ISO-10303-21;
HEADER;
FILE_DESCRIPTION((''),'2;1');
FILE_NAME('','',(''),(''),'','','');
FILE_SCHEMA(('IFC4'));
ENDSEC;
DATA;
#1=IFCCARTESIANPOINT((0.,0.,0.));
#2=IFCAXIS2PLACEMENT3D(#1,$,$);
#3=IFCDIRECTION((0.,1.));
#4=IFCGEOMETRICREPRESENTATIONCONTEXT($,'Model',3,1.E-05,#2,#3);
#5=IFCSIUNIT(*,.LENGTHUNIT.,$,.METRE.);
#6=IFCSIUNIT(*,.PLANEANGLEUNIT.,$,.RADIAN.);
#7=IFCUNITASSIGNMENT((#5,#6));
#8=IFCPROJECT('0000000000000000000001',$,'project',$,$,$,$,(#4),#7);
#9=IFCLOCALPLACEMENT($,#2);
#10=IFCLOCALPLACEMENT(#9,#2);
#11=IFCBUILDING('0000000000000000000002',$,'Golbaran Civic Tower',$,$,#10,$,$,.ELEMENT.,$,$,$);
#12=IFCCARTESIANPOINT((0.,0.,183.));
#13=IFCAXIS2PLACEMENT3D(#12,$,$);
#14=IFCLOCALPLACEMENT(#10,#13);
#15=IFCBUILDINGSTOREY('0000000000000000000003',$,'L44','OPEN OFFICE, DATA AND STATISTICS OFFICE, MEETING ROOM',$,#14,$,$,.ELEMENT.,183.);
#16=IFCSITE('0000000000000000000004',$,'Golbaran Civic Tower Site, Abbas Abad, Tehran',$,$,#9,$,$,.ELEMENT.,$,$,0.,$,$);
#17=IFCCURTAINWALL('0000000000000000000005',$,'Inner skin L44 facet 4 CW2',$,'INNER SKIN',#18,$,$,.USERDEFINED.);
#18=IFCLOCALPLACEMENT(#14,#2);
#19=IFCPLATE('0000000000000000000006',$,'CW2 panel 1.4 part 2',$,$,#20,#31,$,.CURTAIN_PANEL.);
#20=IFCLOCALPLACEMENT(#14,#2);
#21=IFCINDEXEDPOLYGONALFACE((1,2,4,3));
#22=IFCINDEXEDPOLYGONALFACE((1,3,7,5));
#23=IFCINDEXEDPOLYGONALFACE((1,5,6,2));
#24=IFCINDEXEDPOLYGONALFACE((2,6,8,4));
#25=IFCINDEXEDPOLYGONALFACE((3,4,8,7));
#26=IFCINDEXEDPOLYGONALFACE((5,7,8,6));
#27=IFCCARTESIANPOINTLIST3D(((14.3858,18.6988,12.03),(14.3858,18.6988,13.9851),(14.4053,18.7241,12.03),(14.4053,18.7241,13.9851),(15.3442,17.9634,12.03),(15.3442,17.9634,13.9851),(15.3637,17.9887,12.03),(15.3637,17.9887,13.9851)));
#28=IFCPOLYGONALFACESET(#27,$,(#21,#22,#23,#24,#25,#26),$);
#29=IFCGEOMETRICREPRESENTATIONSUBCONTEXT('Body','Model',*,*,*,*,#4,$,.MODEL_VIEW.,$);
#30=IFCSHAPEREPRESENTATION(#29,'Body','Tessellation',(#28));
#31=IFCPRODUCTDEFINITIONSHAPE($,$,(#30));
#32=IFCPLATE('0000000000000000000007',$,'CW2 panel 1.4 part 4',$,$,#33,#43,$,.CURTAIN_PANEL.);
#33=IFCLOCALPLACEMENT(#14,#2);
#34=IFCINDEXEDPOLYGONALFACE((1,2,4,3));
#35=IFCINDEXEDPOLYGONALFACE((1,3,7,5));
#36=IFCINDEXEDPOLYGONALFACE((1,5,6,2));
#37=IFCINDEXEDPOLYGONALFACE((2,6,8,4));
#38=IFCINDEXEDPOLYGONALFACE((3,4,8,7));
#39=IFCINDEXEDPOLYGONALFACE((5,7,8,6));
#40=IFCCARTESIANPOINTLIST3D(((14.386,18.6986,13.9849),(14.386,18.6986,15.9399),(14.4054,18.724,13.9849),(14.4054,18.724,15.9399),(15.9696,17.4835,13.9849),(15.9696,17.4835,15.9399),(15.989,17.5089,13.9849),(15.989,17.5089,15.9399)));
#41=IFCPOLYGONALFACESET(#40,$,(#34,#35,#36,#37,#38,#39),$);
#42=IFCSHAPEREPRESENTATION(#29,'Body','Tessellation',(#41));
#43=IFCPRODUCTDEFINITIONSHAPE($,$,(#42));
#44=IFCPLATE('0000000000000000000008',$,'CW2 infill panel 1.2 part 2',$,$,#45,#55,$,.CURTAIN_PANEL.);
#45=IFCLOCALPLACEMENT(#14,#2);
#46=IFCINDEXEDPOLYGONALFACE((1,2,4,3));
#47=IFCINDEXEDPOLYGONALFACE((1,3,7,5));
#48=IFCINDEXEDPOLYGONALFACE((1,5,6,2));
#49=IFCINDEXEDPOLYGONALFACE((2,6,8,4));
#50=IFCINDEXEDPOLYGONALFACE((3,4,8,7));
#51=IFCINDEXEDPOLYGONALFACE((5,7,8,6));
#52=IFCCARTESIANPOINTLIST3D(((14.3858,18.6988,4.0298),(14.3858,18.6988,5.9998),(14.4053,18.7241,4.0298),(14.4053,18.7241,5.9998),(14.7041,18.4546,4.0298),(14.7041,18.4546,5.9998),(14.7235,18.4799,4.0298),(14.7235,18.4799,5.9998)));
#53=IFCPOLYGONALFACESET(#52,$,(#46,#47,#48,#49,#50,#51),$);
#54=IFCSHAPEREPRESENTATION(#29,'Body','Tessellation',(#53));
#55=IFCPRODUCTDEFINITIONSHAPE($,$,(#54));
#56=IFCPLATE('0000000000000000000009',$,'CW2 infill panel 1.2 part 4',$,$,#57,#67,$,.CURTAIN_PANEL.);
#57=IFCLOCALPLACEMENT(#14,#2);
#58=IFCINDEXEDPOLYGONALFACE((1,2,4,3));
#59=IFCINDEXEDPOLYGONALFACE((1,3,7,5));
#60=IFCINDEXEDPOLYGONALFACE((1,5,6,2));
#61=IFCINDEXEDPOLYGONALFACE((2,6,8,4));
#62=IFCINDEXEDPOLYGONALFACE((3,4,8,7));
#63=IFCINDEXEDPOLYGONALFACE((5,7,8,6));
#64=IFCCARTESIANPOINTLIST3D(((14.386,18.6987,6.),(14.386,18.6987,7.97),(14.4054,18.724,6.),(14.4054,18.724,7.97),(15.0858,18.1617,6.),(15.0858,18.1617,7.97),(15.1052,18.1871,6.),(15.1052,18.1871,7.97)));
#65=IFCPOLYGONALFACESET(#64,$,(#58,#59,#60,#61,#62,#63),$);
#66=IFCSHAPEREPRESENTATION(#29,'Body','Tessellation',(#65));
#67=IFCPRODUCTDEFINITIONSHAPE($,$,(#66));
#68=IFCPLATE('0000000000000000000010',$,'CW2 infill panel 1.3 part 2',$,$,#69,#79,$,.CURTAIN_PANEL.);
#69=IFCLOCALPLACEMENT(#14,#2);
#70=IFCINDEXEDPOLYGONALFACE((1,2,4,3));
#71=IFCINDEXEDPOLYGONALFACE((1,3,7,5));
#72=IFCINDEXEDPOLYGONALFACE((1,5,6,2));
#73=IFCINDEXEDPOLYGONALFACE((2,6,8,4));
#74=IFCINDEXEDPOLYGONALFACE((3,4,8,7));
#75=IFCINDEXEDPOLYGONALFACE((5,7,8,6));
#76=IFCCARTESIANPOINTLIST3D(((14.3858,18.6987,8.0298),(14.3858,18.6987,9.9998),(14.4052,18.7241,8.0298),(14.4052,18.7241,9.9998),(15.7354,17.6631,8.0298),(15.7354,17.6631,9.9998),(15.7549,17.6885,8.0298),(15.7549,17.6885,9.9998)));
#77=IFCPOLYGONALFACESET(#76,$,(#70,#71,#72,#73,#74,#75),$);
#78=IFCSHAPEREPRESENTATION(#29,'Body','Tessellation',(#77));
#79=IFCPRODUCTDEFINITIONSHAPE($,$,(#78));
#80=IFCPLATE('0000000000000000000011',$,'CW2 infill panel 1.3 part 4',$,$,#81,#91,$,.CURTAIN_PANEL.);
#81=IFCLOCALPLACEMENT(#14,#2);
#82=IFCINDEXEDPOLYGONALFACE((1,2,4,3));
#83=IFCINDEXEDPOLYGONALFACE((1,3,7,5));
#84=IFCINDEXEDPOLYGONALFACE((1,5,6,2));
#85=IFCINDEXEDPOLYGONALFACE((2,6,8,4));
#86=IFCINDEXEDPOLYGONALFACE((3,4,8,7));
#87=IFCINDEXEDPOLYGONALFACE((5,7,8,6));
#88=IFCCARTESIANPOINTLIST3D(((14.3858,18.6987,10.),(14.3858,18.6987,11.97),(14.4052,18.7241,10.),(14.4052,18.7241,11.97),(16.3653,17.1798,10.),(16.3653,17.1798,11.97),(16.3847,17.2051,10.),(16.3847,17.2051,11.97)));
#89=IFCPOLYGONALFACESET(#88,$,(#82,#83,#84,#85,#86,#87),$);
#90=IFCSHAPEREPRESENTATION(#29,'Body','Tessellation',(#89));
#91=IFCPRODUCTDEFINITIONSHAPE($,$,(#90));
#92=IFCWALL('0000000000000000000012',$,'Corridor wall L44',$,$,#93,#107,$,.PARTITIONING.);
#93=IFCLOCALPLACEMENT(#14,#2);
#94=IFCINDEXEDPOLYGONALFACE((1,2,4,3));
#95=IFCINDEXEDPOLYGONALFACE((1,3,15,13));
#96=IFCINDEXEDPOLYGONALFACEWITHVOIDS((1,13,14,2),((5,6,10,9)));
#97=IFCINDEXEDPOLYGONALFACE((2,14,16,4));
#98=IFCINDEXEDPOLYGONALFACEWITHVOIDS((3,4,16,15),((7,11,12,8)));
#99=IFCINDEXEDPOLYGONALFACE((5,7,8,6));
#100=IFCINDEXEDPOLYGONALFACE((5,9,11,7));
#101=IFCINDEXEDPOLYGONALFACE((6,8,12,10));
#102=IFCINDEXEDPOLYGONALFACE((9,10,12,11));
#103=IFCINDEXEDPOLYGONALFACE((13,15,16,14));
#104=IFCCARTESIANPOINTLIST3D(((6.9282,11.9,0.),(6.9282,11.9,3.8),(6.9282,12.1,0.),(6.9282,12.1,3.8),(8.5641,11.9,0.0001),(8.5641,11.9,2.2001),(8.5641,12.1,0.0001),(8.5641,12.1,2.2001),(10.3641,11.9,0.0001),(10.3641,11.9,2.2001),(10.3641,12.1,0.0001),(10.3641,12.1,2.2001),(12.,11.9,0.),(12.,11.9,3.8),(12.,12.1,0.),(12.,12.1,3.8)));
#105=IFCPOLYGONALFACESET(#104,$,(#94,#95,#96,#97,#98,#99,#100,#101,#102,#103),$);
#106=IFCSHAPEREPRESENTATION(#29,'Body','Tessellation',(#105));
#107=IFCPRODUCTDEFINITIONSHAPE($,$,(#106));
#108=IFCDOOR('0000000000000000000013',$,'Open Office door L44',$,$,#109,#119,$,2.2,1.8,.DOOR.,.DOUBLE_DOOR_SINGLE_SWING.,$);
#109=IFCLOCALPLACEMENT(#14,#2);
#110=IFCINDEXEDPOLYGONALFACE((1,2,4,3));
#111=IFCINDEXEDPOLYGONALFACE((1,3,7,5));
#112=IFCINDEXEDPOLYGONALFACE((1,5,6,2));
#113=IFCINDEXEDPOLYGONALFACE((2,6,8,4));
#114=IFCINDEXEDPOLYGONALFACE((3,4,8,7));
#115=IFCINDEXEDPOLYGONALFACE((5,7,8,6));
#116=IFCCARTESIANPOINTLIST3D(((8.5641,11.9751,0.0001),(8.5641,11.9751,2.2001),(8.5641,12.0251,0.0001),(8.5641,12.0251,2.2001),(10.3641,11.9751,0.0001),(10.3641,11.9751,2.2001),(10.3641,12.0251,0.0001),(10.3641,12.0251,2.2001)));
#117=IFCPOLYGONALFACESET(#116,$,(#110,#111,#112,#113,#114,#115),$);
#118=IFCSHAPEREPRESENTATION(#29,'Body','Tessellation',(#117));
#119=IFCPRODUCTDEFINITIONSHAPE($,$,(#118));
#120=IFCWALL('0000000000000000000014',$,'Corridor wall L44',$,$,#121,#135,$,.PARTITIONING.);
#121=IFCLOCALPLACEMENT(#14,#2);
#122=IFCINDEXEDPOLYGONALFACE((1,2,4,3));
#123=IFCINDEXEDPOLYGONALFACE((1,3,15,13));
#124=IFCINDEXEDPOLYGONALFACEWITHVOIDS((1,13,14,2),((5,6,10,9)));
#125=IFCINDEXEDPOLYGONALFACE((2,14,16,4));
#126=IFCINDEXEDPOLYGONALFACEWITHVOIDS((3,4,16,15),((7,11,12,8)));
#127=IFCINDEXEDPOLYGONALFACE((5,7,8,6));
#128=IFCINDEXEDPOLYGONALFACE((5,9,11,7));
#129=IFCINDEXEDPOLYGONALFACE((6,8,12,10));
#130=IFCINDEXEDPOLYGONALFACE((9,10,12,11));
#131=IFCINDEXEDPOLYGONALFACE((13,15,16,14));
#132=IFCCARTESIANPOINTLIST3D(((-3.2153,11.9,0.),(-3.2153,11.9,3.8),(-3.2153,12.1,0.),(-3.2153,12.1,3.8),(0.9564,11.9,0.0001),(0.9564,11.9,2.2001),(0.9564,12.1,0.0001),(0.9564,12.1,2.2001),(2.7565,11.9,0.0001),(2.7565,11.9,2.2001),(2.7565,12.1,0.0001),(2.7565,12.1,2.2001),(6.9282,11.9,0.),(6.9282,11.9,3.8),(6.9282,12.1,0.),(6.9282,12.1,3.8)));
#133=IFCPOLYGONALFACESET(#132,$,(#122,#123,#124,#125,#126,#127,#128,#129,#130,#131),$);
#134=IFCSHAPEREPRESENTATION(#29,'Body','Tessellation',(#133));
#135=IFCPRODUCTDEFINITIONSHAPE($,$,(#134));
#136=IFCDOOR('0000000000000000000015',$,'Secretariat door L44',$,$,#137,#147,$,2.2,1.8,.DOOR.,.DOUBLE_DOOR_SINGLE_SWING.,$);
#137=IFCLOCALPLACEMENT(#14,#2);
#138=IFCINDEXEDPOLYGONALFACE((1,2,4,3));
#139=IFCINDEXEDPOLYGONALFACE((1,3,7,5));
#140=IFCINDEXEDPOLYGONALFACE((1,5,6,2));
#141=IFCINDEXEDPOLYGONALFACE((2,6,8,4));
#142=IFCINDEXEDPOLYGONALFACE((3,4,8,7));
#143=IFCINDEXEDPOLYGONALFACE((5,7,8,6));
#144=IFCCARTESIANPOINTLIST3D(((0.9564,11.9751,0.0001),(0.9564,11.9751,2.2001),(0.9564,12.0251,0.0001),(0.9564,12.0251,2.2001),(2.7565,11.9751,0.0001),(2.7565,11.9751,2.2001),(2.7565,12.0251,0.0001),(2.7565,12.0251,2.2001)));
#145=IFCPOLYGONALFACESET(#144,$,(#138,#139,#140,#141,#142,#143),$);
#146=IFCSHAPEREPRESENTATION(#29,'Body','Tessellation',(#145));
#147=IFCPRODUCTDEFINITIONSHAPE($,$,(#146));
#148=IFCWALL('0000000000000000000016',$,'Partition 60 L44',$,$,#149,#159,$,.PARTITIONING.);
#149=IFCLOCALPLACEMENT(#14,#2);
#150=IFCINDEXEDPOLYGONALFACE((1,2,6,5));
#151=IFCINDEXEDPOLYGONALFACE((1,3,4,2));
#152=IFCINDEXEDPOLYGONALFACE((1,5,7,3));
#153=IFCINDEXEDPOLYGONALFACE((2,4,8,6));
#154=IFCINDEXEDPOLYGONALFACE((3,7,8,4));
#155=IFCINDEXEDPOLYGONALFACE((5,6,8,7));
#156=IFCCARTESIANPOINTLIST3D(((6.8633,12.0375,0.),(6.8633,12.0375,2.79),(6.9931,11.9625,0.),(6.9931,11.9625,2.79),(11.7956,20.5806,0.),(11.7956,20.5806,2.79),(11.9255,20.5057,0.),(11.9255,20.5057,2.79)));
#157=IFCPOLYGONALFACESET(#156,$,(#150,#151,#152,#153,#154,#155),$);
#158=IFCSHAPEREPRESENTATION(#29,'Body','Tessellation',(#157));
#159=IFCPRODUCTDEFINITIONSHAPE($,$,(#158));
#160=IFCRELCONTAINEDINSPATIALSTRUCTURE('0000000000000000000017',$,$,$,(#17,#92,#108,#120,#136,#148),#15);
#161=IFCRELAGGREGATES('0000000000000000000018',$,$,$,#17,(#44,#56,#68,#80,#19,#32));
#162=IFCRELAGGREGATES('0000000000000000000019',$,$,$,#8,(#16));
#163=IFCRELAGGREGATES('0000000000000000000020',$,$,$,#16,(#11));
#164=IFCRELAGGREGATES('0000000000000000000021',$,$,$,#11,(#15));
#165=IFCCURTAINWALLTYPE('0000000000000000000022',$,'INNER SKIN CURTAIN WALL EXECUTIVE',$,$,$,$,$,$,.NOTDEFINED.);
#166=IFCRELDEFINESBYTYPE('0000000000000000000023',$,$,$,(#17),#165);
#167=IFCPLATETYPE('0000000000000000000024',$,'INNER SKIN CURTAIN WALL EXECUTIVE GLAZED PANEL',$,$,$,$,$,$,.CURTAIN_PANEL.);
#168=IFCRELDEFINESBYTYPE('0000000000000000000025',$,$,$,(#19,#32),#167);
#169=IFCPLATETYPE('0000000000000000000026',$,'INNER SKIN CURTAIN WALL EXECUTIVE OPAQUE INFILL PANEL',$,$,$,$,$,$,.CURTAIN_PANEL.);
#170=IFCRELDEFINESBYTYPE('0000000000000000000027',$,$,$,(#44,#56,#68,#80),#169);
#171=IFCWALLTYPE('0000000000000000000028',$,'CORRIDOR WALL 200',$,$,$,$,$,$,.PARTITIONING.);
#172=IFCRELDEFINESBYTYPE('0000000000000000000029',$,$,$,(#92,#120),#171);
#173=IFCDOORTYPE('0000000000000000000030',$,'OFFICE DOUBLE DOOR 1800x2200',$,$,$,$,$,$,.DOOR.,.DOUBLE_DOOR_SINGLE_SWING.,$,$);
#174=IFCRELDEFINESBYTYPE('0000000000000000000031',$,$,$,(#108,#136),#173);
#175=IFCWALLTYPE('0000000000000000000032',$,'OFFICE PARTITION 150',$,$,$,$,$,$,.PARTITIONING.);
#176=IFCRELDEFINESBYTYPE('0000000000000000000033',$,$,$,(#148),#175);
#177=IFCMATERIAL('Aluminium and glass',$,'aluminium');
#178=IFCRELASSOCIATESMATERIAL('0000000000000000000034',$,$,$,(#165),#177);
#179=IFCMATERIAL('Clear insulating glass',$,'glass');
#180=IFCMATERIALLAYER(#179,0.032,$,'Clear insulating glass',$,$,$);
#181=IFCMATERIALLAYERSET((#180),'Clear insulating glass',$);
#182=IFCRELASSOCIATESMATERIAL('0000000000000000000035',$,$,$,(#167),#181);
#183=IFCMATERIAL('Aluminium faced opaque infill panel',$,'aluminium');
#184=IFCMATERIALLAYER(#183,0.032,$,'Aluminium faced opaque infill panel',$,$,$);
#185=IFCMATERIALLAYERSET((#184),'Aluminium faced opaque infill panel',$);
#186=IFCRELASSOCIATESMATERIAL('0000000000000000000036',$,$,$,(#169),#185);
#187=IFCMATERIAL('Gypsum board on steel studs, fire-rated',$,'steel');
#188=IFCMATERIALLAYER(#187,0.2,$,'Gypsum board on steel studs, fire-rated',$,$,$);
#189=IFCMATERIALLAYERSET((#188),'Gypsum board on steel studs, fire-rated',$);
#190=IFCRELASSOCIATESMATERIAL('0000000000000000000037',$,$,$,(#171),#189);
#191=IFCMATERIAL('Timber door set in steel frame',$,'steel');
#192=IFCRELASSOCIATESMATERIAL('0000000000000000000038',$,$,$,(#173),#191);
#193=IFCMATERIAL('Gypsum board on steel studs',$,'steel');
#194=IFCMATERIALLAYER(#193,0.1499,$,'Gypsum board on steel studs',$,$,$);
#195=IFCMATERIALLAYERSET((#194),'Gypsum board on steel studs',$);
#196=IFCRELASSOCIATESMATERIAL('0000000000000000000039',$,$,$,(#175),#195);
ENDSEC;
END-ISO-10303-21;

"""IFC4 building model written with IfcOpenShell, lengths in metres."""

from ifc_helpers import new_model, si_unit, direction, frame, frame_2d, origin, origin_2d, place, context, subcontext, project, spatial, rectangle, extrude, material, layer, layer_set, type_object, element, fill, aggregate, save


model = new_model("IFC4")

# Units and contexts
model_context = context("Model", 3, precision=1e-05, world=origin(), true_north=direction((0.0, 1.0)))
body_context = subcontext(model_context, "Body", "Model", "MODEL_VIEW")
ifc_project = project(units=[si_unit("LENGTHUNIT", "METRE"), si_unit("PLANEANGLEUNIT", "RADIAN")], contexts=[model_context])

# Site, building, storey
site_placement = place(None, origin())
site = spatial("IfcSite", under=ifc_project, at=site_placement, Name="Golbaran Civic Tower Site, Abbas Abad, Tehran", CompositionType="ELEMENT", RefElevation=0.0)
building_placement = place(site_placement, origin())
building = spatial("IfcBuilding", under=site, at=building_placement, Name="Golbaran Civic Tower", CompositionType="ELEMENT")
storey_placement = place(building_placement, frame((0.0, 0.0, 183.0)))
storey = spatial("IfcBuildingStorey", under=building, at=storey_placement, Name="L44", Description="OPEN OFFICE, DATA AND STATISTICS OFFICE, MEETING ROOM", CompositionType="ELEMENT", Elevation=183.0)

# Curtain wall
ifc_material_1 = material(Name="Aluminium and glass", Category="aluminium")
curtain_wall_type = type_object("IfcCurtainWallType", Name="INNER SKIN CURTAIN WALL EXECUTIVE", PredefinedType="NOTDEFINED", material=ifc_material_1)
curtain_wall_placement = place(storey_placement, origin())
curtain_wall = element("IfcCurtainWall", 1, at=curtain_wall_placement, inside=storey, type_object=curtain_wall_type, Name="Inner skin L44 facet 4 CW2", ObjectType="INNER SKIN", PredefinedType="USERDEFINED")

# Plates
ifc_material_2 = material(Name="Clear insulating glass", Category="glass")
ifc_layer_1 = layer(ifc_material_2, 0.032, Name="Clear insulating glass")
ifc_layer_set_1 = layer_set([ifc_layer_1], Name="Clear insulating glass")
plate_type_1 = type_object("IfcPlateType", Name="INNER SKIN CURTAIN WALL EXECUTIVE GLAZED PANEL", PredefinedType="CURTAIN_PANEL", material=ifc_layer_set_1)
plate_1_placement = place(storey_placement, frame((14.8748, 18.3438, 12.03), z_axis=(0.0, 0.0, 1.0), x_axis=(-0.793353, 0.608761, 0.0)))
plate_1 = element("IfcPlate", 2, at=plate_1_placement, type_object=plate_type_1, Name="CW2 panel 1.4 part 2", PredefinedType="CURTAIN_PANEL", context=body_context, shape_type="SweptSolid", body=[
    extrude(rectangle(XDim=1.208, YDim=0.032, at=origin_2d()), origin(), (0.0, 0.0, 1.0), 1.9551),
])
plate_2_placement = place(storey_placement, frame((15.1875, 18.1038, 13.9849), z_axis=(0.0, 0.0, 1.0), x_axis=(-0.793353, 0.608761, 0.0)))
plate_2 = element("IfcPlate", 3, at=plate_2_placement, type_object=plate_type_1, Name="CW2 panel 1.4 part 4", PredefinedType="CURTAIN_PANEL", context=body_context, shape_type="SweptSolid", body=[
    extrude(rectangle(XDim=1.9961, YDim=0.032, at=origin_2d()), origin(), (0.0, 0.0, 1.0), 1.9551),
])
ifc_material_3 = material(Name="Aluminium faced opaque infill panel", Category="aluminium")
ifc_layer_2 = layer(ifc_material_3, 0.032, Name="Aluminium faced opaque infill panel")
ifc_layer_set_2 = layer_set([ifc_layer_2], Name="Aluminium faced opaque infill panel")
plate_type_2 = type_object("IfcPlateType", Name="INNER SKIN CURTAIN WALL EXECUTIVE OPAQUE INFILL PANEL", PredefinedType="CURTAIN_PANEL", material=ifc_layer_set_2)
plate_3_placement = place(storey_placement, frame((14.5547, 18.5894, 4.0298), z_axis=(0.0, 0.0, 1.0), x_axis=(-0.793353, 0.608761, 0.0)))
plate_3 = element("IfcPlate", 4, at=plate_3_placement, type_object=plate_type_2, Name="CW2 infill panel 1.2 part 2", PredefinedType="CURTAIN_PANEL", context=body_context, shape_type="SweptSolid", body=[
    extrude(rectangle(XDim=0.4011, YDim=0.032, at=origin_2d()), origin(), (0.0, 0.0, 1.0), 1.97),
])
plate_4_placement = place(storey_placement, frame((14.7456, 18.4429, 6.0), z_axis=(0.0, 0.0, 1.0), x_axis=(-0.793353, 0.608761, 0.0)))
plate_4 = element("IfcPlate", 5, at=plate_4_placement, type_object=plate_type_2, Name="CW2 infill panel 1.2 part 4", PredefinedType="CURTAIN_PANEL", context=body_context, shape_type="SweptSolid", body=[
    extrude(rectangle(XDim=0.8821, YDim=0.032, at=origin_2d()), origin(), (0.0, 0.0, 1.0), 1.97),
])
plate_5_placement = place(storey_placement, frame((15.0703, 18.1936, 8.0298), z_axis=(0.0, 0.0, 1.0), x_axis=(-0.793353, 0.608761, 0.0)))
plate_5 = element("IfcPlate", 6, at=plate_5_placement, type_object=plate_type_2, Name="CW2 infill panel 1.3 part 2", PredefinedType="CURTAIN_PANEL", context=body_context, shape_type="SweptSolid", body=[
    extrude(rectangle(XDim=1.7012, YDim=0.032, at=origin_2d()), origin(), (0.0, 0.0, 1.0), 1.97),
])
plate_6_placement = place(storey_placement, frame((15.3853, 17.9519, 10.0), z_axis=(0.0, 0.0, 1.0), x_axis=(-0.793353, 0.608761, 0.0)))
plate_6 = element("IfcPlate", 7, at=plate_6_placement, type_object=plate_type_2, Name="CW2 infill panel 1.3 part 4", PredefinedType="CURTAIN_PANEL", context=body_context, shape_type="SweptSolid", body=[
    extrude(rectangle(XDim=2.4951, YDim=0.032, at=origin_2d()), origin(), (0.0, 0.0, 1.0), 1.97),
])
aggregate(curtain_wall, [plate_3, plate_4, plate_5, plate_6, plate_1, plate_2])

# Walls, openings, doors
ifc_material_4 = material(Name="Gypsum board on steel studs, fire-rated", Category="steel")
ifc_layer_3 = layer(ifc_material_4, 0.2, Name="Gypsum board on steel studs, fire-rated")
ifc_layer_set_3 = layer_set([ifc_layer_3], Name="Gypsum board on steel studs, fire-rated")
wall_type_1 = type_object("IfcWallType", Name="CORRIDOR WALL 200", PredefinedType="PARTITIONING", material=ifc_layer_set_3)
wall_1_placement = place(storey_placement, frame((12.0, 12.0, 0.0), z_axis=(0.0, 0.0, 1.0), x_axis=(-1.0, 0.0, 0.0)))
wall_1 = element("IfcWall", 8, at=wall_1_placement, inside=storey, type_object=wall_type_1, Name="Corridor wall L44", PredefinedType="PARTITIONING", context=body_context, shape_type="SweptSolid", body=[
    extrude(rectangle(XDim=5.0718, YDim=0.2, at=frame_2d((2.5359, 0.0))), origin(), (0.0, 0.0, 1.0), 3.8),
])
opening_1_placement = place(wall_1_placement, frame((1.636, 0.0, 0.0)))
opening_1 = element("IfcOpeningElement", 9, at=opening_1_placement, cuts=wall_1, PredefinedType="OPENING", context=body_context, shape_type="SweptSolid", body=[
    extrude(rectangle(XDim=1.8, YDim=2.2, at=frame_2d((0.8999, 1.1001))), frame((0.0, 0.1099, 0.0), z_axis=(0.0, -1.0, 0.0), x_axis=(1.0, 0.0, 0.0)), (0.0, 0.0, 1.0), 0.22),
])
ifc_material_5 = material(Name="Timber door set in steel frame", Category="steel")
door_type_1 = type_object("IfcDoorType", Name="OFFICE DOUBLE DOOR 1800x2200", OperationType="DOUBLE_DOOR_SINGLE_SWING", PredefinedType="DOOR", material=ifc_material_5)
door_1_placement = place(opening_1_placement, origin())
door_1 = element("IfcDoor", 10, at=door_1_placement, inside=storey, type_object=door_type_1, Name="Open Office door L44", OperationType="DOUBLE_DOOR_SINGLE_SWING", OverallHeight=2.2, OverallWidth=1.8, PredefinedType="DOOR", context=body_context, shape_type="SweptSolid", body=[
    extrude(rectangle(XDim=1.8, YDim=2.2, at=frame_2d((0.8999, 1.1001))), frame((0.0, 0.0249, 0.0), z_axis=(0.0, -1.0, 0.0), x_axis=(1.0, 0.0, 0.0)), (0.0, 0.0, 1.0), 0.05),
])
fill(opening_1, door_1)
wall_2_placement = place(storey_placement, frame((6.9282, 12.0, 0.0), z_axis=(0.0, 0.0, 1.0), x_axis=(-1.0, 0.0, 0.0)))
wall_2 = element("IfcWall", 11, at=wall_2_placement, inside=storey, type_object=wall_type_1, Name="Corridor wall L44", PredefinedType="PARTITIONING", context=body_context, shape_type="SweptSolid", body=[
    extrude(rectangle(XDim=10.1436, YDim=0.2, at=frame_2d((5.0718, 0.0))), origin(), (0.0, 0.0, 1.0), 3.8),
])
opening_2_placement = place(wall_2_placement, frame((4.1719, 0.0, 0.0)))
opening_2 = element("IfcOpeningElement", 12, at=opening_2_placement, cuts=wall_2, PredefinedType="OPENING", context=body_context, shape_type="SweptSolid", body=[
    extrude(rectangle(XDim=1.8, YDim=2.2, at=frame_2d((0.8999, 1.1001))), frame((0.0, 0.1099, 0.0), z_axis=(0.0, -1.0, 0.0), x_axis=(1.0, 0.0, 0.0)), (0.0, 0.0, 1.0), 0.22),
])
door_2_placement = place(opening_2_placement, origin())
door_2 = element("IfcDoor", 13, at=door_2_placement, inside=storey, type_object=door_type_1, Name="Secretariat door L44", OperationType="DOUBLE_DOOR_SINGLE_SWING", OverallHeight=2.2, OverallWidth=1.8, PredefinedType="DOOR", context=body_context, shape_type="SweptSolid", body=[
    extrude(rectangle(XDim=1.8, YDim=2.2, at=frame_2d((0.8999, 1.1001))), frame((0.0, 0.0249, 0.0), z_axis=(0.0, -1.0, 0.0), x_axis=(1.0, 0.0, 0.0)), (0.0, 0.0, 1.0), 0.05),
])
fill(opening_2, door_2)

# Wall
ifc_material_6 = material(Name="Gypsum board on steel studs", Category="steel")
ifc_layer_4 = layer(ifc_material_6, 0.1499, Name="Gypsum board on steel studs")
ifc_layer_set_4 = layer_set([ifc_layer_4], Name="Gypsum board on steel studs")
wall_type_2 = type_object("IfcWallType", Name="OFFICE PARTITION 150", PredefinedType="PARTITIONING", material=ifc_layer_set_4)
wall_3_placement = place(storey_placement, frame((6.9282, 12.0, 0.0), z_axis=(0.0, 0.0, 1.0), x_axis=(0.499996, 0.866028, 0.0)))
element("IfcWall", 14, at=wall_3_placement, inside=storey, type_object=wall_type_2, Name="Partition 60 L44", PredefinedType="PARTITIONING", context=body_context, shape_type="SweptSolid", body=[
    extrude(rectangle(XDim=9.8647, YDim=0.1499, at=frame_2d((4.9324, 0.0))), origin(), (0.0, 0.0, 1.0), 2.79),
])

save(model, "model.ifc")
